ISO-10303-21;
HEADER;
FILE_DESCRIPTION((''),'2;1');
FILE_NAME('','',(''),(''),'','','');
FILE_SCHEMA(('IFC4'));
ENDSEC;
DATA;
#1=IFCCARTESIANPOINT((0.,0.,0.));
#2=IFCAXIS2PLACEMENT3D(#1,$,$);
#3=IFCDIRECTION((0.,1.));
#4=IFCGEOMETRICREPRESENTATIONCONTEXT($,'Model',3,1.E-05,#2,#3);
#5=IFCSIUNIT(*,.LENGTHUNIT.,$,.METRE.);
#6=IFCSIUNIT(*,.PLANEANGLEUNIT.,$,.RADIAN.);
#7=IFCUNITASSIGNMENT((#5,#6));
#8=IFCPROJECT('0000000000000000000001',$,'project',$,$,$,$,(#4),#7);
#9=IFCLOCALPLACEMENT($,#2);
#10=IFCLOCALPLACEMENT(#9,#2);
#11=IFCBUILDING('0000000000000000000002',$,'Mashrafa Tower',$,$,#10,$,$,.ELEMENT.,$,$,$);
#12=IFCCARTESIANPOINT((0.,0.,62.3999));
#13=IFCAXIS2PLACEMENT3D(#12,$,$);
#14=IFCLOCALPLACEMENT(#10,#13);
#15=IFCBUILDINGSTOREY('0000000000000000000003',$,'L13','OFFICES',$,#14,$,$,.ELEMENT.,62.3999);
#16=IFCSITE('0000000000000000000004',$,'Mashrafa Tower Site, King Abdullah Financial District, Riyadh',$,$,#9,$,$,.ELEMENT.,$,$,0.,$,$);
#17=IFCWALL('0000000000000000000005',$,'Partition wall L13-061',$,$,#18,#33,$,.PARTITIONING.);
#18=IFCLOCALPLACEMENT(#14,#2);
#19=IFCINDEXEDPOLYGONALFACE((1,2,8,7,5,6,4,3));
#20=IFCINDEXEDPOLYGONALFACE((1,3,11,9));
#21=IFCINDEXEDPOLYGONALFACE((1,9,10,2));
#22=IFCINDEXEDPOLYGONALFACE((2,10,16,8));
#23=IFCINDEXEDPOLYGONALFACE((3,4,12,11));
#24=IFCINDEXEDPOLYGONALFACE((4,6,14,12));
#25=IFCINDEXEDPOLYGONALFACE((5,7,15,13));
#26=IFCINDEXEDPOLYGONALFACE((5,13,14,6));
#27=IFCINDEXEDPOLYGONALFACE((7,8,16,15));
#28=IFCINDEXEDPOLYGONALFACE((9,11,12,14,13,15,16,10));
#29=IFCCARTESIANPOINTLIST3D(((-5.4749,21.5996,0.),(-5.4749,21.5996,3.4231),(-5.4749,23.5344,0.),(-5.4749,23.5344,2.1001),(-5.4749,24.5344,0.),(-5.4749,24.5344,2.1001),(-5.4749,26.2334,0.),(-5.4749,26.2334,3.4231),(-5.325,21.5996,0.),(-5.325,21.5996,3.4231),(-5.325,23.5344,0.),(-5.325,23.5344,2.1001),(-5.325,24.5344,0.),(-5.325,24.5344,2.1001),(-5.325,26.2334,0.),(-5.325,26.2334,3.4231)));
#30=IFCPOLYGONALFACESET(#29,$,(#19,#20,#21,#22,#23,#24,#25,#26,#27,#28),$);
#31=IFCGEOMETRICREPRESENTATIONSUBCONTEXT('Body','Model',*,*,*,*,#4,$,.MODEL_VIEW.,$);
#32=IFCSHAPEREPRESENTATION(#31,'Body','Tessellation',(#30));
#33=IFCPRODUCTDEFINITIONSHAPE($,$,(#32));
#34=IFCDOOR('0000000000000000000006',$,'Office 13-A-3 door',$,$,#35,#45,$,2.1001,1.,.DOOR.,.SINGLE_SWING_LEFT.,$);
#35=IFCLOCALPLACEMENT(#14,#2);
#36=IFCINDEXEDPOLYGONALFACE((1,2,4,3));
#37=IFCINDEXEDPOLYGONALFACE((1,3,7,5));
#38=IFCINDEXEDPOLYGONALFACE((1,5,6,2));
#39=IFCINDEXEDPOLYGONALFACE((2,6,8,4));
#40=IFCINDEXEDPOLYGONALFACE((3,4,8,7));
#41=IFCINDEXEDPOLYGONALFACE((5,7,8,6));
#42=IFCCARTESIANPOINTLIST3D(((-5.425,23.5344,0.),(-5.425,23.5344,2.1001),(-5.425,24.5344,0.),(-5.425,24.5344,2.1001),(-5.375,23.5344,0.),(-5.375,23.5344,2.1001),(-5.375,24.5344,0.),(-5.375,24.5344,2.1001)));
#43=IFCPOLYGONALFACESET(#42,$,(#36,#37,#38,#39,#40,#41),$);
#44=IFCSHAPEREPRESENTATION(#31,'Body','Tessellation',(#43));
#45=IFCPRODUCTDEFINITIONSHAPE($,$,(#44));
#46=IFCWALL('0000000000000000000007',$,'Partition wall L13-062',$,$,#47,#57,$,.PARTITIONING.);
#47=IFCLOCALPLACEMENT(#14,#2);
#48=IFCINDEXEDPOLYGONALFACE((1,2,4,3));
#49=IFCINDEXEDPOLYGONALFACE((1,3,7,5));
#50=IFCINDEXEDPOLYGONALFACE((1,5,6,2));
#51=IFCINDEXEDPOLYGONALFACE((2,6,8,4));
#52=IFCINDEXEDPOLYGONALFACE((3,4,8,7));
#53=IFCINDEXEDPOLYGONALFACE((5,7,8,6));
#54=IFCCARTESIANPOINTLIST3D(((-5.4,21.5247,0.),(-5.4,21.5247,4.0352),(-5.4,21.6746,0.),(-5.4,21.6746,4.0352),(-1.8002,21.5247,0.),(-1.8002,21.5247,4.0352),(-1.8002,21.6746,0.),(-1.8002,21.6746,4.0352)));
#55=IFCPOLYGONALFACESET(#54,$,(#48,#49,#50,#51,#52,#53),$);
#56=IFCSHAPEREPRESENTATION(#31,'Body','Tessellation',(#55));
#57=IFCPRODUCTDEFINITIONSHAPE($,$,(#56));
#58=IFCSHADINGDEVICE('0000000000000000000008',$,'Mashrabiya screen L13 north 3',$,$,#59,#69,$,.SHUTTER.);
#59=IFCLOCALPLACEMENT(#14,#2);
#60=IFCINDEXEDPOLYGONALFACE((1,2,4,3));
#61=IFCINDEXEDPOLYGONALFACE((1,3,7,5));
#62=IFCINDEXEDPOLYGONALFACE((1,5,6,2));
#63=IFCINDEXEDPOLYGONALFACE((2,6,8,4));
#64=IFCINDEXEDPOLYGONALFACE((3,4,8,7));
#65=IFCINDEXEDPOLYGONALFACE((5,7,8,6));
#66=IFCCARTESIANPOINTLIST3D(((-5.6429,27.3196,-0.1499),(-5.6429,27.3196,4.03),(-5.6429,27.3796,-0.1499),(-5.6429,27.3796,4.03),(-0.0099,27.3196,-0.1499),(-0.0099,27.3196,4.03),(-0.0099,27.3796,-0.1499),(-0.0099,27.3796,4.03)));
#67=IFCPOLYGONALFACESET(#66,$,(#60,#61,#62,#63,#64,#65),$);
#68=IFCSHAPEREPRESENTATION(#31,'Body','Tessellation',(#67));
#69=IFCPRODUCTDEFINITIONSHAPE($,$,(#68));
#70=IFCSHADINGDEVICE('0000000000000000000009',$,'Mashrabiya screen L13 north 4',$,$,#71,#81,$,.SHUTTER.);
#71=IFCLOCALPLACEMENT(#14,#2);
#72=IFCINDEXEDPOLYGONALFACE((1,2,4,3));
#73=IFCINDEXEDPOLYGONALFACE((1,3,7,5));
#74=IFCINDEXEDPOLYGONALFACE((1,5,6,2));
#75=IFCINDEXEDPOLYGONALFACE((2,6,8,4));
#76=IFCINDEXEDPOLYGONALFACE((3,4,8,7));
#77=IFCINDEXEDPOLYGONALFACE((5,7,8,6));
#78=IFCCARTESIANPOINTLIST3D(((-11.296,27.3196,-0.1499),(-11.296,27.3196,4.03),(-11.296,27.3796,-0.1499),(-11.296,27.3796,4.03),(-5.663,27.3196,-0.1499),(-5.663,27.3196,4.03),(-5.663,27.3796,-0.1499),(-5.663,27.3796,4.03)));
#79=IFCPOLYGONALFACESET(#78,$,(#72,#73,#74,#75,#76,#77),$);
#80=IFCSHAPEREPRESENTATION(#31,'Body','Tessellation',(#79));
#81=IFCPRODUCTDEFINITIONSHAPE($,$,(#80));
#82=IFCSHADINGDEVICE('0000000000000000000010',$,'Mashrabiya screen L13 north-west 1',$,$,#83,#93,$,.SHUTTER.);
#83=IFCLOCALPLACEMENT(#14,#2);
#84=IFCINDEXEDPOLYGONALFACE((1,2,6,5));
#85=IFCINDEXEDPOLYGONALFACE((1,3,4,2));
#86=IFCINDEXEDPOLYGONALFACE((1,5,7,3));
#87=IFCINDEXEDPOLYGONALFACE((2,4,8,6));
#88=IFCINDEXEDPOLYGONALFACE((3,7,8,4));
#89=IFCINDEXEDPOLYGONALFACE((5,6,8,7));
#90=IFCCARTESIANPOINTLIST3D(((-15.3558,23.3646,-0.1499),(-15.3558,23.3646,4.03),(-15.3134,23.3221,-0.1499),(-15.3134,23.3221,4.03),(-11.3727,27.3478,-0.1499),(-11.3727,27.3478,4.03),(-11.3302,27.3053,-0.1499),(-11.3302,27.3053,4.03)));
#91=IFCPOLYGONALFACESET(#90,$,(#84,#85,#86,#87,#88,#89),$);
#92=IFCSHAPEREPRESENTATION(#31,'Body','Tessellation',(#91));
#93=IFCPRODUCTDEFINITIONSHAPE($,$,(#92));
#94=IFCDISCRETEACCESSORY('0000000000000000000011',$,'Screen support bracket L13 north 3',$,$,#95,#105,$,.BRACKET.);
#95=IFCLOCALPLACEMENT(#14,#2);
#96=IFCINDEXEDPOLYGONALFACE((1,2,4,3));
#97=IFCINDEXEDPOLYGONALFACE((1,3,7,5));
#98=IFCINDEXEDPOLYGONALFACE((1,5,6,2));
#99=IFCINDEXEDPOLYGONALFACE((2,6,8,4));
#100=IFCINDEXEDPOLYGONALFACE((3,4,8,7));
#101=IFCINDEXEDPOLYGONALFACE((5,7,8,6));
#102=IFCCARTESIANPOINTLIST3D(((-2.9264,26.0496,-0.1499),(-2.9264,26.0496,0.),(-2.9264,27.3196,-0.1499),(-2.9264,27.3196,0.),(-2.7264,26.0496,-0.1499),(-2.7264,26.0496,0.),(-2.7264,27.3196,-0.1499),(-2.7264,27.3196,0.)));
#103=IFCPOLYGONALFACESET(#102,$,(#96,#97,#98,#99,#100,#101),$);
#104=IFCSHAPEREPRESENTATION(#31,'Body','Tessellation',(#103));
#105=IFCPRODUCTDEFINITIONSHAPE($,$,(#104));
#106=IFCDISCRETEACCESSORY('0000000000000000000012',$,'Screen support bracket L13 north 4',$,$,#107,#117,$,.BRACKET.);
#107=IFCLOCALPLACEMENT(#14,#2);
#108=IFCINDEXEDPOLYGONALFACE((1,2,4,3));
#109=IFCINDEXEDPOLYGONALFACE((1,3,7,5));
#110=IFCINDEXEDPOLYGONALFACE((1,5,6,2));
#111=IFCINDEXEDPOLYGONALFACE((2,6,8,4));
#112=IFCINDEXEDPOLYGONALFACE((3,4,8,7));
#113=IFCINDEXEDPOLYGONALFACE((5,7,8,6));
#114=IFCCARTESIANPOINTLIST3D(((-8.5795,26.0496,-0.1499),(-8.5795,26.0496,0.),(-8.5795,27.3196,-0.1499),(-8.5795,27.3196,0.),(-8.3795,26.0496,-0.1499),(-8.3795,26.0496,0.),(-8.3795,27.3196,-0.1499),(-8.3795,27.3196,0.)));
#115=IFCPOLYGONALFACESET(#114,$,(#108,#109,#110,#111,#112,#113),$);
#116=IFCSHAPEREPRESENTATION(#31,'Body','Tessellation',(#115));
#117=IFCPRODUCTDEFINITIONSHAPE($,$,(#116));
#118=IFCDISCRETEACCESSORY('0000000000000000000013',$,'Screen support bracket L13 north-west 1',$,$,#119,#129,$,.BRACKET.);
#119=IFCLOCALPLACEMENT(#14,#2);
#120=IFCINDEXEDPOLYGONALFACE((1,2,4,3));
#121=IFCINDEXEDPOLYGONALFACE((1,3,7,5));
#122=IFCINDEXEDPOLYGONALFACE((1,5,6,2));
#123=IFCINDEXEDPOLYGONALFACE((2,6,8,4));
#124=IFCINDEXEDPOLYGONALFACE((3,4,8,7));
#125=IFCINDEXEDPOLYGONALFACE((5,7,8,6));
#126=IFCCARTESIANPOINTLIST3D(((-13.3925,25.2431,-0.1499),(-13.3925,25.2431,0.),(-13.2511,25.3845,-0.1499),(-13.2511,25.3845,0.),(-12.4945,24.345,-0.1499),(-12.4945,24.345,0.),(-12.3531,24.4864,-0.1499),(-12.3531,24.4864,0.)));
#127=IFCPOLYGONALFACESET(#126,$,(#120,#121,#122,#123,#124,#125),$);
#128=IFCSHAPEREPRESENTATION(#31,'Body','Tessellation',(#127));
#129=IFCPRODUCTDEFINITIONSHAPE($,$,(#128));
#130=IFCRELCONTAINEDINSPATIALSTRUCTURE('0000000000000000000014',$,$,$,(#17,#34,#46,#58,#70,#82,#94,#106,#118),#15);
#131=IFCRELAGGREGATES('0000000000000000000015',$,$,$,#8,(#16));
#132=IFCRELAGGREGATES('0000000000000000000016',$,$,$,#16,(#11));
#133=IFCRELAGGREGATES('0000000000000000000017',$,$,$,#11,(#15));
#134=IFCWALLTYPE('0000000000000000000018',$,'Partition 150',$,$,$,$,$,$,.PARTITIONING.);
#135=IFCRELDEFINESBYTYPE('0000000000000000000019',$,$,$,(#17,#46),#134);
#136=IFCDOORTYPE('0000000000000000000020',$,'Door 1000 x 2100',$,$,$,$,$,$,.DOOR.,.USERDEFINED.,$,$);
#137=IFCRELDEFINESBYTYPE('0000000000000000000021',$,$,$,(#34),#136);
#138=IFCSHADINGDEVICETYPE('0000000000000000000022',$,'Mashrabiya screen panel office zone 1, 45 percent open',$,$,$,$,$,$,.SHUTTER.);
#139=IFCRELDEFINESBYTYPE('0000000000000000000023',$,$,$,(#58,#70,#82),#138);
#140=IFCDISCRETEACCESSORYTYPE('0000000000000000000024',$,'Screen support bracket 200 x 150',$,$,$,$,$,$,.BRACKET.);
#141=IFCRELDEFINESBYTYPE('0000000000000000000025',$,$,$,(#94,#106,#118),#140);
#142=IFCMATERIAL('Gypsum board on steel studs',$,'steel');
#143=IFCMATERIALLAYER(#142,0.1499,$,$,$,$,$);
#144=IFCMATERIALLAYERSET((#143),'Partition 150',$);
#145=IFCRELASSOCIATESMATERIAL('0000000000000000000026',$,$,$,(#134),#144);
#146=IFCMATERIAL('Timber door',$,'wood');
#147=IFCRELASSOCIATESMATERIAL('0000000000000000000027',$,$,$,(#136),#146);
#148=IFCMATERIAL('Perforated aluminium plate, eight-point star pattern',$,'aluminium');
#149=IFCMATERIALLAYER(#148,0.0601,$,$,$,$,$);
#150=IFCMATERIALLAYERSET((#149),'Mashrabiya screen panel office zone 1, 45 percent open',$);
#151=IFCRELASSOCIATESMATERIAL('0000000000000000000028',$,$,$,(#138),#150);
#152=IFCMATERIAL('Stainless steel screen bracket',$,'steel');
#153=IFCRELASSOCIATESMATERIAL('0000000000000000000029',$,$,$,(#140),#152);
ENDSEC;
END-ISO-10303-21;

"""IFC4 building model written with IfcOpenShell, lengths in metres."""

from ifc_helpers import new_model, si_unit, direction, frame, frame_2d, origin, origin_2d, place, context, subcontext, project, spatial, rectangle, extrude, source, transform, mapped, material, layer, layer_set, type_object, type_shapes, element, fill, save


model = new_model("IFC4")

# Units and contexts
model_context = context("Model", 3, precision=1e-05, world=origin(), true_north=direction((0.0, 1.0)))
body_context = subcontext(model_context, "Body", "Model", "MODEL_VIEW")
ifc_project = project(units=[si_unit("LENGTHUNIT", "METRE"), si_unit("PLANEANGLEUNIT", "RADIAN")], contexts=[model_context])

# Site, building, storey
site_placement = place(None, origin())
site = spatial("IfcSite", under=ifc_project, at=site_placement, Name="Mashrafa Tower Site, King Abdullah Financial District, Riyadh", CompositionType="ELEMENT", RefElevation=0.0)
building_placement = place(site_placement, origin())
building = spatial("IfcBuilding", under=site, at=building_placement, Name="Mashrafa Tower", CompositionType="ELEMENT")
storey_placement = place(building_placement, frame((0.0, 0.0, 62.3999)))
storey = spatial("IfcBuildingStorey", under=building, at=storey_placement, Name="L13", Description="OFFICES", CompositionType="ELEMENT", Elevation=62.3999)

# Shared definitions
ifc_material_1 = material(Name="Gypsum board on steel studs", Category="steel")
ifc_layer_1 = layer(ifc_material_1, 0.1499)
ifc_layer_set_1 = layer_set([ifc_layer_1], Name="Partition 150")
wall_type = type_object("IfcWallType", Name="Partition 150", PredefinedType="PARTITIONING", material=ifc_layer_set_1)
ifc_material_2 = material(Name="Timber door", Category="wood")
door_type = type_object("IfcDoorType", Name="Door 1000 x 2100", OperationType="USERDEFINED", PredefinedType="DOOR", material=ifc_material_2)

# Wall, opening, door
wall_1_placement = place(storey_placement, frame((-5.3999, 26.2334, 0.0), z_axis=(0.0, 0.0, 1.0), x_axis=(0.0, -1.0, 0.0)))
wall_1 = element("IfcWall", 1, at=wall_1_placement, inside=storey, type_object=wall_type, Name="Partition wall L13-061", PredefinedType="PARTITIONING", context=body_context, shape_type="SweptSolid", body=[
    extrude(rectangle(XDim=4.6338, YDim=0.1499, at=frame_2d((2.3169, 0.0))), origin(), (0.0, 0.0, 1.0), 3.4231),
])
opening_1_placement = place(wall_1_placement, frame((1.699, 0.0, 0.0)))
opening_1 = element("IfcOpeningElement", 2, at=opening_1_placement, cuts=wall_1, PredefinedType="OPENING", context=body_context, shape_type="SweptSolid", body=[
    extrude(rectangle(XDim=1.0, YDim=2.1001, at=frame_2d((0.5, 1.05))), frame((0.0, 0.085, 0.0), z_axis=(0.0, -1.0, 0.0), x_axis=(1.0, 0.0, 0.0)), (0.0, 0.0, 1.0), 0.1699),
])
door_1_placement = place(opening_1_placement, origin())
door_1 = element("IfcDoor", 3, at=door_1_placement, inside=storey, type_object=door_type, Name="Office 13-A-3 door", OperationType="SINGLE_SWING_LEFT", OverallHeight=2.1001, OverallWidth=1.0, PredefinedType="DOOR", context=body_context, shape_type="SweptSolid", body=[
    extrude(rectangle(XDim=1.0, YDim=2.1001, at=frame_2d((0.5, 1.05))), frame((0.0, 0.0249, 0.0), z_axis=(0.0, -1.0, 0.0), x_axis=(1.0, 0.0, 0.0)), (0.0, 0.0, 1.0), 0.05),
])
fill(opening_1, door_1)

# Wall
wall_2_placement = place(storey_placement, frame((-5.3999, 21.5996, 0.0), z_axis=(0.0, 0.0, 1.0), x_axis=(1.0, 0.0, 0.0)))
element("IfcWall", 4, at=wall_2_placement, inside=storey, type_object=wall_type, Name="Partition wall L13-062", PredefinedType="PARTITIONING", context=body_context, shape_type="SweptSolid", body=[
    extrude(rectangle(XDim=3.5999, YDim=0.1499, at=frame_2d((1.7998, 0.0))), origin(), (0.0, 0.0, 1.0), 4.0352),
])

# Shading devices
ifc_material_3 = material(Name="Perforated aluminium plate, eight-point star pattern", Category="aluminium")
ifc_layer_2 = layer(ifc_material_3, 0.0601)
ifc_layer_set_2 = layer_set([ifc_layer_2], Name="Mashrabiya screen panel office zone 1, 45 percent open")
shading_device_type = type_object("IfcShadingDeviceType", Name="Mashrabiya screen panel office zone 1, 45 percent open", PredefinedType="SHUTTER", material=ifc_layer_set_2)
shared_shape_1 = source(origin(), body_context, "Body", "SweptSolid", [
    extrude(rectangle(XDim=5.6331, YDim=0.0601, at=origin_2d()), origin(), (0.0, 0.0, 1.0), 4.1799),
])
type_shapes(shading_device_type, [shared_shape_1])
for number, where, z_axis, x_axis, name in (
    (5, (-2.8264, 27.3496, -0.1499), (0.0, 0.0, 1.0), (-1.0, 0.0, 0.0), "Mashrabiya screen L13 north 3"),
    (6, (-8.4795, 27.3496, -0.1499), (0.0, 0.0, 1.0), (-1.0, 0.0, 0.0), "Mashrabiya screen L13 north 4"),
    (7, (-13.343, 25.335, -0.1499), (0.0, 0.0, 1.0), (-0.707107, -0.707107, 0.0), "Mashrabiya screen L13 north-west 1"),
):
    element("IfcShadingDevice", number, at=place(storey_placement, frame(where, z_axis=z_axis, x_axis=x_axis)), inside=storey, type_object=shading_device_type, Name=name, PredefinedType="SHUTTER", context=body_context, shape_type="MappedRepresentation", body=[
        mapped(shared_shape_1, transform((0.0, 0.0, 0.0))),
    ])

# Discrete accessories
ifc_material_4 = material(Name="Stainless steel screen bracket", Category="steel")
discrete_accessory_type = type_object("IfcDiscreteAccessoryType", Name="Screen support bracket 200 x 150", PredefinedType="BRACKET", material=ifc_material_4)
shared_shape_2 = source(origin(), body_context, "Body", "SweptSolid", [
    extrude(rectangle(XDim=0.2, YDim=1.27, at=origin_2d()), origin(), (0.0, 0.0, 1.0), 0.1499),
])
type_shapes(discrete_accessory_type, [shared_shape_2])
for number, where, z_axis, x_axis, name in (
    (8, (-2.8264, 26.6846, -0.1499), (0.0, 0.0, 1.0), (-1.0, 0.0, 0.0), "Screen support bracket L13 north 3"),
    (9, (-8.4795, 26.6846, -0.1499), (0.0, 0.0, 1.0), (-1.0, 0.0, 0.0), "Screen support bracket L13 north 4"),
    (10, (-12.8728, 24.8647, -0.1499), (0.0, 0.0, 1.0), (-0.707107, -0.707107, 0.0), "Screen support bracket L13 north-west 1"),
):
    element("IfcDiscreteAccessory", number, at=place(storey_placement, frame(where, z_axis=z_axis, x_axis=x_axis)), inside=storey, type_object=discrete_accessory_type, Name=name, PredefinedType="BRACKET", context=body_context, shape_type="MappedRepresentation", body=[
        mapped(shared_shape_2, transform((0.0, 0.0, 0.0))),
    ])

save(model, "model.ifc")
